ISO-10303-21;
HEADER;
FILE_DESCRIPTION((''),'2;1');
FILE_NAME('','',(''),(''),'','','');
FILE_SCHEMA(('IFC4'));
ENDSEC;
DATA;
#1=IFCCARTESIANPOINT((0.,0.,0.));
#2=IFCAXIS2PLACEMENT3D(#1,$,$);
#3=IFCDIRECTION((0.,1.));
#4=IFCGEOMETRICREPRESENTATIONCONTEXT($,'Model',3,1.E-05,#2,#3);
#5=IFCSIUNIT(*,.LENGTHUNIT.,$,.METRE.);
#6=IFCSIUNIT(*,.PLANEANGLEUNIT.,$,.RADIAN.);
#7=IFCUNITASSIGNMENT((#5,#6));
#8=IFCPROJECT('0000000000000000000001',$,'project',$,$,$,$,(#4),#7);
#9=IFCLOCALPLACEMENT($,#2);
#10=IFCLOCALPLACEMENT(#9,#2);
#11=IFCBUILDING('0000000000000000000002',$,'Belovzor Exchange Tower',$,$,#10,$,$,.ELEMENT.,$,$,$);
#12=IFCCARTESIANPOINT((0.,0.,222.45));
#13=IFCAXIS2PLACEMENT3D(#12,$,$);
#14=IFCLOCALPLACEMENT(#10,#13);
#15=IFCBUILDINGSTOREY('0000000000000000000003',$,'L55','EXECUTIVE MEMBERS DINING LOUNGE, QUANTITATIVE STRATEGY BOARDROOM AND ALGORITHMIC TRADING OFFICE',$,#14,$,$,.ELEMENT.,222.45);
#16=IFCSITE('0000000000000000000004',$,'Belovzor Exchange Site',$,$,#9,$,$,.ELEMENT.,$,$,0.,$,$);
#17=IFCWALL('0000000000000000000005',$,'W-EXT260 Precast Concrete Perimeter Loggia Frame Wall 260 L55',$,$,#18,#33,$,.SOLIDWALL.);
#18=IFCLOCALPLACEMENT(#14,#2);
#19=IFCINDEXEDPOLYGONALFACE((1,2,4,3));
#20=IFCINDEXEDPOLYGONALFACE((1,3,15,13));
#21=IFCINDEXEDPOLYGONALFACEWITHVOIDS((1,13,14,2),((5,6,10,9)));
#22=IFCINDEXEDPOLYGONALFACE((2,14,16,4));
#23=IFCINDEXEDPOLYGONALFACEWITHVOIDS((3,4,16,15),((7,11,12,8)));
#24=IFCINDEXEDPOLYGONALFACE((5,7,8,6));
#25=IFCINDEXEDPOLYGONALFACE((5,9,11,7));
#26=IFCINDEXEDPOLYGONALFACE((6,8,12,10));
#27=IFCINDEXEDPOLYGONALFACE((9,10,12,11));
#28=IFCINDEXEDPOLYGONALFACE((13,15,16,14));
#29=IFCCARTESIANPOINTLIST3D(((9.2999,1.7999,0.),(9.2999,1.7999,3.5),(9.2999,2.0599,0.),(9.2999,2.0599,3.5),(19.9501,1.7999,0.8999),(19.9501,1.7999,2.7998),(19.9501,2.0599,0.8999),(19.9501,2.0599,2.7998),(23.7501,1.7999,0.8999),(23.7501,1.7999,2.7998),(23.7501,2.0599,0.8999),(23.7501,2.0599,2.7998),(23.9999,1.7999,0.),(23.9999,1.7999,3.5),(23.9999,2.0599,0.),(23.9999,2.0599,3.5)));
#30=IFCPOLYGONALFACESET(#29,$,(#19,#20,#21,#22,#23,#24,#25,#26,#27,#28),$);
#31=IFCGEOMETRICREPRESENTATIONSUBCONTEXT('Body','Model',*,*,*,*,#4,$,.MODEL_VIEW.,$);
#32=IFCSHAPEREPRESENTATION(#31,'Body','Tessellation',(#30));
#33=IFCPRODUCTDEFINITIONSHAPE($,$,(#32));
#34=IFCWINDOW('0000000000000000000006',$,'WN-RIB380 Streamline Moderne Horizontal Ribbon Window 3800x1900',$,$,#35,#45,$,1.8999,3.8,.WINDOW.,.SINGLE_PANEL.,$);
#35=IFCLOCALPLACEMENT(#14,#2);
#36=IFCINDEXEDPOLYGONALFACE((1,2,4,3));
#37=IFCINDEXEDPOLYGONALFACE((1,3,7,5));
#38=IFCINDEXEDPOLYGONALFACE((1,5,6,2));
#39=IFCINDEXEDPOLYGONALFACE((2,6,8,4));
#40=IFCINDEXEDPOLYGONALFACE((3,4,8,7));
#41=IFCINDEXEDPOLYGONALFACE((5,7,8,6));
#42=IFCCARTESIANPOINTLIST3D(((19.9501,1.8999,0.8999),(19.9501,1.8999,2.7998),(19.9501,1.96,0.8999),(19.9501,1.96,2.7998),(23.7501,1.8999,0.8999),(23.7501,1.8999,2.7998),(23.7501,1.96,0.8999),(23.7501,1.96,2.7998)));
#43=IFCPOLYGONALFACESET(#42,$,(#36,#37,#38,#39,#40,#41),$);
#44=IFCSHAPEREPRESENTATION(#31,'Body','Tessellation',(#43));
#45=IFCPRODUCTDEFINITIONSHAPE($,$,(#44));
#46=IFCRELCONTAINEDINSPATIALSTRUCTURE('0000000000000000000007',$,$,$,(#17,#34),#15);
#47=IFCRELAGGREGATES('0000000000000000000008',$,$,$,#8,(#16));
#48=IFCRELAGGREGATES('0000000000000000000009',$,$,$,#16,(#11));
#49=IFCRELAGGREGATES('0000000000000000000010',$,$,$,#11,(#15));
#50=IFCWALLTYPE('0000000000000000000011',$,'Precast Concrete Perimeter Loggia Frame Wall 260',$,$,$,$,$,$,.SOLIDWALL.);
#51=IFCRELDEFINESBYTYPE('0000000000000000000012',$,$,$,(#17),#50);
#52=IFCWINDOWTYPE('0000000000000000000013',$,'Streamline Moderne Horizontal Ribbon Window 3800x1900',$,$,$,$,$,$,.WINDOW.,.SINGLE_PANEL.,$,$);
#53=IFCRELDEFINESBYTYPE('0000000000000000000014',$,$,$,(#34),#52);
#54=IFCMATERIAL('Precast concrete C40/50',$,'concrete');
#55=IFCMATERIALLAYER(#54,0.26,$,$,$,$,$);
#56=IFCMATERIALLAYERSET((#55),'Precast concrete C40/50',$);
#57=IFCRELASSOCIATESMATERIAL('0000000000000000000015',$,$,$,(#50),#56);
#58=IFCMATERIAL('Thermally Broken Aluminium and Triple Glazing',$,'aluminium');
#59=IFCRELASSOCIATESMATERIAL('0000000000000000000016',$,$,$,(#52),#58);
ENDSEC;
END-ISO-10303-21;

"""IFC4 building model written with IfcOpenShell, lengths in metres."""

from ifc_helpers import new_model, si_unit, direction, frame, frame_2d, origin, place, context, subcontext, project, spatial, rectangle, extrude, material, layer, layer_set, type_object, element, fill, save


model = new_model("IFC4")

# Units and contexts
model_context = context("Model", 3, precision=1e-05, world=origin(), true_north=direction((0.0, 1.0)))
body_context = subcontext(model_context, "Body", "Model", "MODEL_VIEW")
ifc_project = project(units=[si_unit("LENGTHUNIT", "METRE"), si_unit("PLANEANGLEUNIT", "RADIAN")], contexts=[model_context])

# Site, building, storey
site_placement = place(None, origin())
site = spatial("IfcSite", under=ifc_project, at=site_placement, Name="Belovzor Exchange Site", CompositionType="ELEMENT", RefElevation=0.0)
building_placement = place(site_placement, origin())
building = spatial("IfcBuilding", under=site, at=building_placement, Name="Belovzor Exchange Tower", CompositionType="ELEMENT")
storey_placement = place(building_placement, frame((0.0, 0.0, 222.45)))
storey = spatial("IfcBuildingStorey", under=building, at=storey_placement, Name="L55", Description="EXECUTIVE MEMBERS DINING LOUNGE, QUANTITATIVE STRATEGY BOARDROOM AND ALGORITHMIC TRADING OFFICE", CompositionType="ELEMENT", Elevation=222.45)

# Wall, opening, window
ifc_material_1 = material(Name="Precast concrete C40/50", Category="concrete")
ifc_layer_1 = layer(ifc_material_1, 0.26)
ifc_layer_set_1 = layer_set([ifc_layer_1], Name="Precast concrete C40/50")
wall_type_1 = type_object("IfcWallType", Name="Precast Concrete Perimeter Loggia Frame Wall 260", PredefinedType="SOLIDWALL", material=ifc_layer_set_1)
wall_1_placement = place(storey_placement, frame((24.0, 1.9299, 0.0), z_axis=(0.0, 0.0, 1.0), x_axis=(-1.0, 0.0, 0.0)))
wall_1 = element("IfcWall", 1, at=wall_1_placement, inside=storey, type_object=wall_type_1, Name="W-EXT260 Precast Concrete Perimeter Loggia Frame Wall 260 L55", PredefinedType="SOLIDWALL", context=body_context, shape_type="SweptSolid", body=[
    extrude(rectangle(XDim=14.7, YDim=0.26, at=frame_2d((7.3501, 0.0))), origin(), (0.0, 0.0, 1.0), 3.5),
])
opening_1_placement = place(wall_1_placement, frame((0.25, 0.0, 0.8999)))
opening_1 = element("IfcOpeningElement", 2, at=opening_1_placement, cuts=wall_1, PredefinedType="OPENING", context=body_context, shape_type="SweptSolid", body=[
    extrude(rectangle(XDim=3.8, YDim=1.8999, at=frame_2d((1.8999, 0.95))), frame((0.0, 0.1399, 0.0), z_axis=(0.0, -1.0, 0.0), x_axis=(1.0, 0.0, 0.0)), (0.0, 0.0, 1.0), 0.28),
])
ifc_material_2 = material(Name="Thermally Broken Aluminium and Triple Glazing", Category="aluminium")
window_type = type_object("IfcWindowType", Name="Streamline Moderne Horizontal Ribbon Window 3800x1900", PartitioningType="SINGLE_PANEL", PredefinedType="WINDOW", material=ifc_material_2)
window_placement = place(opening_1_placement, origin())
window = element("IfcWindow", 3, at=window_placement, inside=storey, type_object=window_type, Name="WN-RIB380 Streamline Moderne Horizontal Ribbon Window 3800x1900", OverallHeight=1.8999, OverallWidth=3.8, PartitioningType="SINGLE_PANEL", PredefinedType="WINDOW", context=body_context, shape_type="SweptSolid", body=[
    extrude(rectangle(XDim=3.8, YDim=1.8999, at=frame_2d((1.8999, 0.95))), frame((0.0, 0.03, 0.0), z_axis=(0.0, -1.0, 0.0), x_axis=(1.0, 0.0, 0.0)), (0.0, 0.0, 1.0), 0.0601),
])
fill(opening_1, window)

save(model, "model.ifc")
